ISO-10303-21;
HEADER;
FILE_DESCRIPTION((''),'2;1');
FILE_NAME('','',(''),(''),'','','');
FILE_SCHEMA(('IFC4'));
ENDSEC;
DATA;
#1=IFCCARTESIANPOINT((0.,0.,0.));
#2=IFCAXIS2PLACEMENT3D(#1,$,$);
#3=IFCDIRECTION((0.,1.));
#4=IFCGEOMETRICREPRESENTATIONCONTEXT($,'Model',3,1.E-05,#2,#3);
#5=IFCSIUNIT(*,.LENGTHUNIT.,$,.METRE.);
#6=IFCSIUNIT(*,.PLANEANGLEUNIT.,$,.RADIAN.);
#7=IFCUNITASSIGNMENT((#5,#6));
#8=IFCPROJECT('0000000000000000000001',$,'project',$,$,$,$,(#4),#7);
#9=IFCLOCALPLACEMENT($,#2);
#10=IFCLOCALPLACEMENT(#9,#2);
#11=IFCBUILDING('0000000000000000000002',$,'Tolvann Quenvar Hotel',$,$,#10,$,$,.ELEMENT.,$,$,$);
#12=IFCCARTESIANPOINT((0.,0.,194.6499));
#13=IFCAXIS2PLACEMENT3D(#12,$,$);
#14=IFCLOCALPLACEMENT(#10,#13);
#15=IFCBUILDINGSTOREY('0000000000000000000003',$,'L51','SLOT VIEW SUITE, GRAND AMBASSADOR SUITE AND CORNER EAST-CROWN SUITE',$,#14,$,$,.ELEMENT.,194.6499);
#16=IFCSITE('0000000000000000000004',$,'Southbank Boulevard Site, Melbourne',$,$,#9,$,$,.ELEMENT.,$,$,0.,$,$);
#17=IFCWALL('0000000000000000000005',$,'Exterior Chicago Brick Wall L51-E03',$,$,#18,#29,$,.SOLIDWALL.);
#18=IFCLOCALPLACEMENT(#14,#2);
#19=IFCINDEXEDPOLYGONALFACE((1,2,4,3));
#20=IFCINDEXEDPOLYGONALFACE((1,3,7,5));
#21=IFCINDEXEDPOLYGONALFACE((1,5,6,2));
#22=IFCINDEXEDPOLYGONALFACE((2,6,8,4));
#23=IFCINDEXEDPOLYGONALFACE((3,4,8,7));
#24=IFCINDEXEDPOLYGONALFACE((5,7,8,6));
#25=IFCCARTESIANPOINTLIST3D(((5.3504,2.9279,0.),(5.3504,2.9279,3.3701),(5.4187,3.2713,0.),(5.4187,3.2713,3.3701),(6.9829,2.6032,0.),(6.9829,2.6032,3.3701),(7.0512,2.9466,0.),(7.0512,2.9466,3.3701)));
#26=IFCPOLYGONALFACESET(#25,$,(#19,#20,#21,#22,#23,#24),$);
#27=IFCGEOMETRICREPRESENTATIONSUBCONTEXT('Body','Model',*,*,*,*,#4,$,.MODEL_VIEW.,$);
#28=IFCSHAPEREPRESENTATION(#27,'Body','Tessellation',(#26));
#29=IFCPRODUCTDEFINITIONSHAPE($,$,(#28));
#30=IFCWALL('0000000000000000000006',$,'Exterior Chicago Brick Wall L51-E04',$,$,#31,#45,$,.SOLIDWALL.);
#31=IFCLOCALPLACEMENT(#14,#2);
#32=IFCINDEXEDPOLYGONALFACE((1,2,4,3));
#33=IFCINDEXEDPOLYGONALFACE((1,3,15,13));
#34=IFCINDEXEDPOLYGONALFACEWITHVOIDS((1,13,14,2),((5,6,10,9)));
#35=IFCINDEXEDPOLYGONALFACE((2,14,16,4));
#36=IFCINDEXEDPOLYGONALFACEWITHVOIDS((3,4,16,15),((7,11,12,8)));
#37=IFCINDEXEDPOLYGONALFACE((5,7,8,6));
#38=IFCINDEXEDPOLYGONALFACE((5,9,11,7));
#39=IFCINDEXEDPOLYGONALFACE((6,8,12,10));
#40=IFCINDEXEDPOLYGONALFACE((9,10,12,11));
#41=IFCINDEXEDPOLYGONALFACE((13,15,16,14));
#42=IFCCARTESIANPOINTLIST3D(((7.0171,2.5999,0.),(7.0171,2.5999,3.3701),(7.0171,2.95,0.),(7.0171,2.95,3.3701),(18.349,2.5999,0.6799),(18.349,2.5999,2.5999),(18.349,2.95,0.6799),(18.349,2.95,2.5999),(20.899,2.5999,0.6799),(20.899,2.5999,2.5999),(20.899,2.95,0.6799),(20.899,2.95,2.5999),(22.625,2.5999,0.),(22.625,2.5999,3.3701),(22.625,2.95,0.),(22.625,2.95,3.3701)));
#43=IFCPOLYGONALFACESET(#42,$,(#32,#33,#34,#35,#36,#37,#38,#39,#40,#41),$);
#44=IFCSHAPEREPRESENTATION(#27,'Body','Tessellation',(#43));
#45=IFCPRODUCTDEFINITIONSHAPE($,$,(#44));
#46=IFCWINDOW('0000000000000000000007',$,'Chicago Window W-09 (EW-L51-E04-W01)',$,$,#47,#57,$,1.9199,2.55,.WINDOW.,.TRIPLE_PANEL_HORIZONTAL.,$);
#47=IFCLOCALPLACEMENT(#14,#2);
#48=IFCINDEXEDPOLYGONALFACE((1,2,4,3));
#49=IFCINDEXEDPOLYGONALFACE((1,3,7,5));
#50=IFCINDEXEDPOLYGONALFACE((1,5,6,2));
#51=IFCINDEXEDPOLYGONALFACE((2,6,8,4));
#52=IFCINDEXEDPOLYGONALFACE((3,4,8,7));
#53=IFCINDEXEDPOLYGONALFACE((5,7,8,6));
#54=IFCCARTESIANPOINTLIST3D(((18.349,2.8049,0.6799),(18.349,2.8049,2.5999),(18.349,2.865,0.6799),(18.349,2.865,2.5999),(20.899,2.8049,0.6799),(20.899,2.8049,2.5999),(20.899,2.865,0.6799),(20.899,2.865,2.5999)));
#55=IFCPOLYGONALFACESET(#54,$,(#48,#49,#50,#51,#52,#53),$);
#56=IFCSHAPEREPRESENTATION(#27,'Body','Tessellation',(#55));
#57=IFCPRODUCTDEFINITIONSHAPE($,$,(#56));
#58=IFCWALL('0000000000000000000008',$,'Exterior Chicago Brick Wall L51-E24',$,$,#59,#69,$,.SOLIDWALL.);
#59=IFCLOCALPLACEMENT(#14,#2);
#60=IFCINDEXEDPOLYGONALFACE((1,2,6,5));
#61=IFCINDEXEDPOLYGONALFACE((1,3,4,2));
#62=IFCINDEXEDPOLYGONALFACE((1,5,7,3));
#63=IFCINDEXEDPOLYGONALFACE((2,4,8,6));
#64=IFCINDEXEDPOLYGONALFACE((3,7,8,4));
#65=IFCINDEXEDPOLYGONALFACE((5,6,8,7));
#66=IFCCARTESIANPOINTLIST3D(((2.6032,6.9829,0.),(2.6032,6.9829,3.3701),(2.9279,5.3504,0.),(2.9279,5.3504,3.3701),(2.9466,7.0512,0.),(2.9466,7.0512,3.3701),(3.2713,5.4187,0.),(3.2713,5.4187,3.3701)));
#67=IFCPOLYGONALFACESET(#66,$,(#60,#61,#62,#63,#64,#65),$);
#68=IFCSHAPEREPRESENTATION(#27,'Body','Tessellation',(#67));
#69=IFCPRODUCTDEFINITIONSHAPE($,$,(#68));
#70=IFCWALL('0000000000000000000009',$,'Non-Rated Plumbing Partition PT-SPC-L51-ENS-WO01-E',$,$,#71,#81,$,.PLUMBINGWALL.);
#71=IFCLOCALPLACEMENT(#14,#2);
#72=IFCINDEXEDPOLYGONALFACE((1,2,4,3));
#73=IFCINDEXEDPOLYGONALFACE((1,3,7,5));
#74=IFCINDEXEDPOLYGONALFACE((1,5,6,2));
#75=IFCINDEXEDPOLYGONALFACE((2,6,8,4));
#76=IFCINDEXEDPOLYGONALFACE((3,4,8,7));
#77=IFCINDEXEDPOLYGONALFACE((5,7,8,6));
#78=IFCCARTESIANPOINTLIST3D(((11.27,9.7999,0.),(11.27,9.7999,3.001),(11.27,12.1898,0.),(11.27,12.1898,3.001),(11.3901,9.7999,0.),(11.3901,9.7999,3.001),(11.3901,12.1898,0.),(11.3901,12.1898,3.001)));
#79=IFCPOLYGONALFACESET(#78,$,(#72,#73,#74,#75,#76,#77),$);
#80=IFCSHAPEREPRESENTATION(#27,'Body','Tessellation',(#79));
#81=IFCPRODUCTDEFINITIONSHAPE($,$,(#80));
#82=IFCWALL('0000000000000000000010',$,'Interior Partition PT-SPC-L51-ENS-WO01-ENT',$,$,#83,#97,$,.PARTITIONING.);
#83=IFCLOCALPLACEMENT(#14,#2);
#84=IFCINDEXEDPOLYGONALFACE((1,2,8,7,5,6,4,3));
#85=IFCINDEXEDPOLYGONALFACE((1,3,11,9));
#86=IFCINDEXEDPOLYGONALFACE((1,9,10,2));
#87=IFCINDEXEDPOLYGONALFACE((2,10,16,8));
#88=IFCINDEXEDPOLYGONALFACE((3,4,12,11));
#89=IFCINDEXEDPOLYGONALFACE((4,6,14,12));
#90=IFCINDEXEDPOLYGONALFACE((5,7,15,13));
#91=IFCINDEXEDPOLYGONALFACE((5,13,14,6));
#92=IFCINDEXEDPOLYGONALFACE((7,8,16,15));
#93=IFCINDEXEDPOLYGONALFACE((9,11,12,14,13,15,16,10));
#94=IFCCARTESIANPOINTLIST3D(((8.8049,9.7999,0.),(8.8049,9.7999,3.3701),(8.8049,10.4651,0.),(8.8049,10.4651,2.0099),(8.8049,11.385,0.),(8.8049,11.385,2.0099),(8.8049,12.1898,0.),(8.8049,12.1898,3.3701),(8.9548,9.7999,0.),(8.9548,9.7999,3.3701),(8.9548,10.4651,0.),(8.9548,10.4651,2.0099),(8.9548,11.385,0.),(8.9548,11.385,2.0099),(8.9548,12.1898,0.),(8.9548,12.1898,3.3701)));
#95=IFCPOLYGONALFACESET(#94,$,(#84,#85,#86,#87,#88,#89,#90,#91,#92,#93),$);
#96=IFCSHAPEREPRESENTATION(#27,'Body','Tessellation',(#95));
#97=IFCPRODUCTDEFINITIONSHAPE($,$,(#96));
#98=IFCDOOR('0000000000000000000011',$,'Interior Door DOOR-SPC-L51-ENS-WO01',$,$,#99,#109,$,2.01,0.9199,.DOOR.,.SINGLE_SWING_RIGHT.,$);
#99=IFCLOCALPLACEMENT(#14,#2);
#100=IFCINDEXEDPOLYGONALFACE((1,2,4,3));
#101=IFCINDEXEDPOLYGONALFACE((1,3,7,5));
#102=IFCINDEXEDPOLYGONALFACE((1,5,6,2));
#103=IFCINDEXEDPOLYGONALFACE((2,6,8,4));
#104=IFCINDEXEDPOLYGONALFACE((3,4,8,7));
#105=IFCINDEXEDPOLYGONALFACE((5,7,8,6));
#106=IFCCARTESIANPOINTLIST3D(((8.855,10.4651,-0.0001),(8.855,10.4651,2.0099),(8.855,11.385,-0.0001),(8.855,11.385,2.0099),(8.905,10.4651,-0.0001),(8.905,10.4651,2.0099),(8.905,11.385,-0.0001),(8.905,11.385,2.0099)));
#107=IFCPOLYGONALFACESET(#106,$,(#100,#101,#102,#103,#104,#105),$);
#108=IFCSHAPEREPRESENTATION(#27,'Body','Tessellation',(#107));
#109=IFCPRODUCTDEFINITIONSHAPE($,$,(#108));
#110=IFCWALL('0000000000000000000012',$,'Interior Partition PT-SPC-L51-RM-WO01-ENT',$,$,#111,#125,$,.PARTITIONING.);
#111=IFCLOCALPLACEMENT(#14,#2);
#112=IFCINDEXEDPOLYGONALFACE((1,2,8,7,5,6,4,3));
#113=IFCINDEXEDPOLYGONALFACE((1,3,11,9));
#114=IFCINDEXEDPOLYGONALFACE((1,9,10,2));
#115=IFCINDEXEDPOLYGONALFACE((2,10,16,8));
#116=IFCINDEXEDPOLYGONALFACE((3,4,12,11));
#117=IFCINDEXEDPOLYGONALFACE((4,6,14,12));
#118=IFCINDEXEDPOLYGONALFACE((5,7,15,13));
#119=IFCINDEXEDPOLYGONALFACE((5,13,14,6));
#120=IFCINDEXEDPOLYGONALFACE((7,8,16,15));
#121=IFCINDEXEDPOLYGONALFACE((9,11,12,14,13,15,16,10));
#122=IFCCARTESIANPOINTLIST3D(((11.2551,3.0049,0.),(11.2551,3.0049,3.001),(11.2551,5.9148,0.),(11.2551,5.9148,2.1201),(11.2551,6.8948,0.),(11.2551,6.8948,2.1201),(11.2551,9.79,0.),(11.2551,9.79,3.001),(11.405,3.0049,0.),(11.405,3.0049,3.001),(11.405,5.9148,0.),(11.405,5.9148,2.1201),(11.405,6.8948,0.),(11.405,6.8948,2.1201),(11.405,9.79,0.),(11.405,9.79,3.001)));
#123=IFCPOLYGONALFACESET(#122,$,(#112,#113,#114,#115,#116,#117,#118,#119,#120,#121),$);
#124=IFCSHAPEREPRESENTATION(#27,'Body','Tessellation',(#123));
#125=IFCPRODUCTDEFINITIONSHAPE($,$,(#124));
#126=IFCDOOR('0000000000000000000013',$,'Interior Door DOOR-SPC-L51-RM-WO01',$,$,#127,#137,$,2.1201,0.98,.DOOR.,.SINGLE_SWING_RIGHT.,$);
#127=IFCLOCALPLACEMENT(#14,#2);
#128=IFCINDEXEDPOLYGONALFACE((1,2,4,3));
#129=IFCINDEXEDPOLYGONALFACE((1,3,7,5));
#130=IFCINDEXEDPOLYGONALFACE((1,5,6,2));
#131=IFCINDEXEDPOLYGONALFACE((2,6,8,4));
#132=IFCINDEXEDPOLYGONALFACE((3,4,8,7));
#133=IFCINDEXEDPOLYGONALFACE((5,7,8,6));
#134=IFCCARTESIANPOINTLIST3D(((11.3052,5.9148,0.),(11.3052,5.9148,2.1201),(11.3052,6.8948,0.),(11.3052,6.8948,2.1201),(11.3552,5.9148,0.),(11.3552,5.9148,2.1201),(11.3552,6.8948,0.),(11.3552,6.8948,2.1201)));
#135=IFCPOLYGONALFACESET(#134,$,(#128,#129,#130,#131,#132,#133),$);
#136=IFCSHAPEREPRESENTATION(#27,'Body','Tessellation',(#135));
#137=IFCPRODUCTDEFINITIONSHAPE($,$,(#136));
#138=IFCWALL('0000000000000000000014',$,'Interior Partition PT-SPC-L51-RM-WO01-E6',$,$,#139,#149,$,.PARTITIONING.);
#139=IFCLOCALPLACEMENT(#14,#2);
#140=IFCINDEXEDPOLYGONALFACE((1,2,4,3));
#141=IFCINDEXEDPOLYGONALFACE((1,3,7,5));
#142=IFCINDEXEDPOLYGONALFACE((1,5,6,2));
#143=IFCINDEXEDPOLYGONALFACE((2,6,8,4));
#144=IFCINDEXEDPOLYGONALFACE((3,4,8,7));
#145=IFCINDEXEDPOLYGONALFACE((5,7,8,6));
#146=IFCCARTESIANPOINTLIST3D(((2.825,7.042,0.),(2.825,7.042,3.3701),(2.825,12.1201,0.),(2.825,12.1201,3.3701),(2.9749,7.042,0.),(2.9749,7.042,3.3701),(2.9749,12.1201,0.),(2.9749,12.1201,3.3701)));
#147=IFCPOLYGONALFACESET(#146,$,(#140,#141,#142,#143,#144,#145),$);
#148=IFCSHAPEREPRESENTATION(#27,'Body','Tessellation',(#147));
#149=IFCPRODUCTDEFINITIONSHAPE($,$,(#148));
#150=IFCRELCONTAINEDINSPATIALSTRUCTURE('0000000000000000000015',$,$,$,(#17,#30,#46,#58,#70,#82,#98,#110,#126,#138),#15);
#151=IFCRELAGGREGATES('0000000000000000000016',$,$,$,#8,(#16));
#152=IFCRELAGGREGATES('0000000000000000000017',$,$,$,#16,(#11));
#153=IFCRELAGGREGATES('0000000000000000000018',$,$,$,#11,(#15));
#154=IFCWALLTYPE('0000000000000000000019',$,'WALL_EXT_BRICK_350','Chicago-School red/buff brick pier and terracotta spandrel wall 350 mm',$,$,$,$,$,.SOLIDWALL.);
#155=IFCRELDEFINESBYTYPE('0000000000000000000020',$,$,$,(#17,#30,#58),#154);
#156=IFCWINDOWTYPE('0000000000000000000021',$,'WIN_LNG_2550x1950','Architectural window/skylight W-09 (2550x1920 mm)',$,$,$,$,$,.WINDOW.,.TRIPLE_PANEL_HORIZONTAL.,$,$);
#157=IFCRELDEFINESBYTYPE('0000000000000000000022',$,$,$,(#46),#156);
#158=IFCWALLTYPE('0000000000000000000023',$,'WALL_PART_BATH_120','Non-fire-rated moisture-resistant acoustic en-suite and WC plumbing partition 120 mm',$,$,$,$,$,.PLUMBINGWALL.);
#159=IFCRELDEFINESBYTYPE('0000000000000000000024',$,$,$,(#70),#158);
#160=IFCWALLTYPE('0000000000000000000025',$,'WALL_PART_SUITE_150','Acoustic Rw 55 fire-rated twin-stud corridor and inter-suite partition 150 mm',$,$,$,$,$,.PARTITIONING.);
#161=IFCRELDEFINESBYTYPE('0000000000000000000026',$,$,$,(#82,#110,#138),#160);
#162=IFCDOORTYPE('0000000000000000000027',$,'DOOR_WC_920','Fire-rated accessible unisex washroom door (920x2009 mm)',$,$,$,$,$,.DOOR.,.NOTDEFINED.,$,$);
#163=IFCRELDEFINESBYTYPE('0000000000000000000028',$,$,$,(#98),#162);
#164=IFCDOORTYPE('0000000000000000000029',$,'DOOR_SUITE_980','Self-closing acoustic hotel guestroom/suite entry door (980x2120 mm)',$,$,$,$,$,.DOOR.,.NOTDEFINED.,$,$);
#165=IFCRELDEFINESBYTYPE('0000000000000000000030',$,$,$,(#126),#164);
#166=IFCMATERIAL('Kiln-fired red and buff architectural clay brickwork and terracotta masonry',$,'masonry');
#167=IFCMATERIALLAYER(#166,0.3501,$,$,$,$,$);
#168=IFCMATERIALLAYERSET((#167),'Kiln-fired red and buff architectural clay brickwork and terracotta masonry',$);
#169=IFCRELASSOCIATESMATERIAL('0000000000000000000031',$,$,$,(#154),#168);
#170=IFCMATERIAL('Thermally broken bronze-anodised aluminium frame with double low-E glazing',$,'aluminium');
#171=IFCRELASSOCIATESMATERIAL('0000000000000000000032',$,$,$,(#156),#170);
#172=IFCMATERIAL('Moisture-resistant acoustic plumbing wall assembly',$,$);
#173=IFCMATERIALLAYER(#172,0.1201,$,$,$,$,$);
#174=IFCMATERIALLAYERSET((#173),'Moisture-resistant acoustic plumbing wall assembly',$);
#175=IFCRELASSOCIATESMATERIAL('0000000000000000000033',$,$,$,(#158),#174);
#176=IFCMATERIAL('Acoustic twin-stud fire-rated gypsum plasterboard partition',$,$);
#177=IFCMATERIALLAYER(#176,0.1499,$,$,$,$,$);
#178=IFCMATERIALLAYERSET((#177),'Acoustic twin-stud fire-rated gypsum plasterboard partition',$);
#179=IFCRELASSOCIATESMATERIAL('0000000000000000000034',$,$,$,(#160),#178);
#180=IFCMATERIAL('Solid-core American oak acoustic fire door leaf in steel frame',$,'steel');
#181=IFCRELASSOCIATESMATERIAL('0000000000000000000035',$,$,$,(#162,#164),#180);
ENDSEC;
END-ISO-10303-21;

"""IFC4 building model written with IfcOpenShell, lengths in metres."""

from ifc_helpers import new_model, si_unit, direction, frame, frame_2d, origin, place, context, subcontext, project, spatial, rectangle, extrude, source, transform, mapped, material, layer, layer_set, type_object, type_shapes, element, fill, save


model = new_model("IFC4")

# Units and contexts
model_context = context("Model", 3, precision=1e-05, world=origin(), true_north=direction((0.0, 1.0)))
body_context = subcontext(model_context, "Body", "Model", "MODEL_VIEW")
ifc_project = project(units=[si_unit("LENGTHUNIT", "METRE"), si_unit("PLANEANGLEUNIT", "RADIAN")], contexts=[model_context])

# Site, building, storey
site_placement = place(None, origin())
site = spatial("IfcSite", under=ifc_project, at=site_placement, Name="Southbank Boulevard Site, Melbourne", CompositionType="ELEMENT", RefElevation=0.0)
building_placement = place(site_placement, origin())
building = spatial("IfcBuilding", under=site, at=building_placement, Name="Tolvann Quenvar Hotel", CompositionType="ELEMENT")
storey_placement = place(building_placement, frame((0.0, 0.0, 194.6499)))
storey = spatial("IfcBuildingStorey", under=building, at=storey_placement, Name="L51", Description="SLOT VIEW SUITE, GRAND AMBASSADOR SUITE AND CORNER EAST-CROWN SUITE", CompositionType="ELEMENT", Elevation=194.6499)

# Wall
ifc_material_1 = material(Name="Kiln-fired red and buff architectural clay brickwork and terracotta masonry", Category="masonry")
ifc_layer_1 = layer(ifc_material_1, 0.3501)
ifc_layer_set_1 = layer_set([ifc_layer_1], Name="Kiln-fired red and buff architectural clay brickwork and terracotta masonry")
wall_type_1 = type_object("IfcWallType", Name="WALL_EXT_BRICK_350", Description="Chicago-School red/buff brick pier and terracotta spandrel wall 350 mm", PredefinedType="SOLIDWALL", material=ifc_layer_set_1)
wall_1_placement = place(storey_placement, frame((5.3845, 3.0996, 0.0), z_axis=(0.0, 0.0, 1.0), x_axis=(0.980789, -0.195072, 0.0)))
element("IfcWall", 1, at=wall_1_placement, inside=storey, type_object=wall_type_1, Name="Exterior Chicago Brick Wall L51-E03", PredefinedType="SOLIDWALL", context=body_context, shape_type="SweptSolid", body=[
    extrude(rectangle(XDim=1.6646, YDim=0.3501, at=frame_2d((0.8323, 0.0))), origin(), (0.0, 0.0, 1.0), 3.3701),
])

# Wall, opening, window
wall_2_placement = place(storey_placement, frame((7.0171, 2.7749, 0.0), z_axis=(0.0, 0.0, 1.0), x_axis=(1.0, 0.0, 0.0)))
wall_2 = element("IfcWall", 2, at=wall_2_placement, inside=storey, type_object=wall_type_1, Name="Exterior Chicago Brick Wall L51-E04", PredefinedType="SOLIDWALL", context=body_context, shape_type="SweptSolid", body=[
    extrude(rectangle(XDim=15.6079, YDim=0.3501, at=frame_2d((7.804, 0.0))), origin(), (0.0, 0.0, 1.0), 3.3701),
])
opening_1_placement = place(wall_2_placement, frame((11.332, 0.0, 0.6799)))
opening_1 = element("IfcOpeningElement", 3, at=opening_1_placement, cuts=wall_2, PredefinedType="OPENING", context=body_context, shape_type="SweptSolid", body=[
    extrude(rectangle(XDim=2.55, YDim=1.9199, at=frame_2d((1.2749, 0.96))), frame((0.0, 0.1851, 0.0), z_axis=(0.0, -1.0, 0.0), x_axis=(1.0, 0.0, 0.0)), (0.0, 0.0, 1.0), 0.3701),
])
ifc_material_2 = material(Name="Thermally broken bronze-anodised aluminium frame with double low-E glazing", Category="aluminium")
window_type = type_object("IfcWindowType", Name="WIN_LNG_2550x1950", Description="Architectural window/skylight W-09 (2550x1920 mm)", PartitioningType="TRIPLE_PANEL_HORIZONTAL", PredefinedType="WINDOW", material=ifc_material_2)
shared_shape_1 = source(origin(), body_context, "Body", "SweptSolid", [
    extrude(rectangle(XDim=2.55, YDim=1.9199, at=frame_2d((1.2749, 0.96))), frame((0.0, 0.0901, 0.0), z_axis=(0.0, -1.0, 0.0), x_axis=(1.0, 0.0, 0.0)), (0.0, 0.0, 1.0), 0.0601),
])
type_shapes(window_type, [shared_shape_1])
window_placement = place(opening_1_placement, origin())
window = element("IfcWindow", 4, at=window_placement, inside=storey, type_object=window_type, Name="Chicago Window W-09 (EW-L51-E04-W01)", OverallHeight=1.9199, OverallWidth=2.55, PartitioningType="TRIPLE_PANEL_HORIZONTAL", PredefinedType="WINDOW", context=body_context, shape_type="MappedRepresentation", body=[
    mapped(shared_shape_1, transform((0.0, 0.0, 0.0), x_axis=(1.0, 0.0, 0.0), y_axis=(0.0, 1.0, 0.0), z_axis=(0.0, 0.0, 1.0), scale=1.0)),
])
fill(opening_1, window)

# Walls
wall_3_placement = place(storey_placement, frame((2.7749, 7.0171, 0.0), z_axis=(0.0, 0.0, 1.0), x_axis=(0.195072, -0.980789, 0.0)))
element("IfcWall", 5, at=wall_3_placement, inside=storey, type_object=wall_type_1, Name="Exterior Chicago Brick Wall L51-E24", PredefinedType="SOLIDWALL", context=body_context, shape_type="SweptSolid", body=[
    extrude(rectangle(XDim=1.6646, YDim=0.3501, at=frame_2d((0.8323, 0.0))), origin(), (0.0, 0.0, 1.0), 3.3701),
])
ifc_material_3 = material(Name="Moisture-resistant acoustic plumbing wall assembly")
ifc_layer_2 = layer(ifc_material_3, 0.1201)
ifc_layer_set_2 = layer_set([ifc_layer_2], Name="Moisture-resistant acoustic plumbing wall assembly")
wall_type_2 = type_object("IfcWallType", Name="WALL_PART_BATH_120", Description="Non-fire-rated moisture-resistant acoustic en-suite and WC plumbing partition 120 mm", PredefinedType="PLUMBINGWALL", material=ifc_layer_set_2)
wall_4_placement = place(storey_placement, frame((11.3301, 9.8, 0.0), z_axis=(0.0, 0.0, 1.0), x_axis=(0.0, 1.0, 0.0)))
element("IfcWall", 6, at=wall_4_placement, inside=storey, type_object=wall_type_2, Name="Non-Rated Plumbing Partition PT-SPC-L51-ENS-WO01-E", PredefinedType="PLUMBINGWALL", context=body_context, shape_type="SweptSolid", body=[
    extrude(rectangle(XDim=2.3899, YDim=0.1201, at=frame_2d((1.1948, 0.0))), origin(), (0.0, 0.0, 1.0), 3.001),
])

# Walls, openings, doors
ifc_material_4 = material(Name="Acoustic twin-stud fire-rated gypsum plasterboard partition")
ifc_layer_3 = layer(ifc_material_4, 0.1499)
ifc_layer_set_3 = layer_set([ifc_layer_3], Name="Acoustic twin-stud fire-rated gypsum plasterboard partition")
wall_type_3 = type_object("IfcWallType", Name="WALL_PART_SUITE_150", Description="Acoustic Rw 55 fire-rated twin-stud corridor and inter-suite partition 150 mm", PredefinedType="PARTITIONING", material=ifc_layer_set_3)
wall_5_placement = place(storey_placement, frame((8.8799, 9.8, 0.0), z_axis=(0.0, 0.0, 1.0), x_axis=(0.0, 1.0, 0.0)))
wall_5 = element("IfcWall", 7, at=wall_5_placement, inside=storey, type_object=wall_type_3, Name="Interior Partition PT-SPC-L51-ENS-WO01-ENT", PredefinedType="PARTITIONING", context=body_context, shape_type="SweptSolid", body=[
    extrude(rectangle(XDim=2.3899, YDim=0.1499, at=frame_2d((1.1948, 0.0))), origin(), (0.0, 0.0, 1.0), 3.3701),
])
opening_2_placement = place(wall_5_placement, frame((0.665, 0.0, 0.0)))
opening_2 = element("IfcOpeningElement", 8, at=opening_2_placement, cuts=wall_5, PredefinedType="OPENING", context=body_context, shape_type="SweptSolid", body=[
    extrude(rectangle(XDim=0.9199, YDim=2.01, at=frame_2d((0.46, 1.0049))), frame((0.0, 0.085, 0.0), z_axis=(0.0, -1.0, 0.0), x_axis=(1.0, 0.0, 0.0)), (0.0, 0.0, 1.0), 0.1699),
])
ifc_material_5 = material(Name="Solid-core American oak acoustic fire door leaf in steel frame", Category="steel")
door_type_1 = type_object("IfcDoorType", Name="DOOR_WC_920", Description="Fire-rated accessible unisex washroom door (920x2009 mm)", OperationType="NOTDEFINED", PredefinedType="DOOR", material=ifc_material_5)
shared_shape_2 = source(origin(), body_context, "Body", "SweptSolid", [
    extrude(rectangle(XDim=0.9199, YDim=2.01, at=frame_2d((0.46, 1.0049))), frame((0.0, 0.0249, 0.0), z_axis=(0.0, -1.0, 0.0), x_axis=(1.0, 0.0, 0.0)), (0.0, 0.0, 1.0), 0.05),
])
type_shapes(door_type_1, [shared_shape_2])
door_1_placement = place(opening_2_placement, origin())
door_1 = element("IfcDoor", 9, at=door_1_placement, inside=storey, type_object=door_type_1, Name="Interior Door DOOR-SPC-L51-ENS-WO01", OperationType="SINGLE_SWING_RIGHT", OverallHeight=2.01, OverallWidth=0.9199, PredefinedType="DOOR", context=body_context, shape_type="MappedRepresentation", body=[
    mapped(shared_shape_2, transform((0.0, 0.0, 0.0), x_axis=(1.0, 0.0, 0.0), y_axis=(0.0, 1.0, 0.0), z_axis=(0.0, 0.0, 1.0), scale=1.0)),
])
fill(opening_2, door_1)
wall_6_placement = place(storey_placement, frame((11.3301, 3.0049, 0.0), z_axis=(0.0, 0.0, 1.0), x_axis=(0.0, 1.0, 0.0)))
wall_6 = element("IfcWall", 10, at=wall_6_placement, inside=storey, type_object=wall_type_3, Name="Interior Partition PT-SPC-L51-RM-WO01-ENT", PredefinedType="PARTITIONING", context=body_context, shape_type="SweptSolid", body=[
    extrude(rectangle(XDim=6.7852, YDim=0.1499, at=frame_2d((3.3926, 0.0))), origin(), (0.0, 0.0, 1.0), 3.001),
])
opening_3_placement = place(wall_6_placement, frame((2.9099, 0.0, 0.0)))
opening_3 = element("IfcOpeningElement", 11, at=opening_3_placement, cuts=wall_6, PredefinedType="OPENING", context=body_context, shape_type="SweptSolid", body=[
    extrude(rectangle(XDim=0.98, YDim=2.1201, at=frame_2d((0.49, 1.0601))), frame((0.0, 0.085, 0.0), z_axis=(0.0, -1.0, 0.0), x_axis=(1.0, 0.0, 0.0)), (0.0, 0.0, 1.0), 0.1699),
])
door_type_2 = type_object("IfcDoorType", Name="DOOR_SUITE_980", Description="Self-closing acoustic hotel guestroom/suite entry door (980x2120 mm)", OperationType="NOTDEFINED", PredefinedType="DOOR", material=ifc_material_5)
shared_shape_3 = source(origin(), body_context, "Body", "SweptSolid", [
    extrude(rectangle(XDim=0.98, YDim=2.1201, at=frame_2d((0.49, 1.0601))), frame((0.0, 0.0249, 0.0), z_axis=(0.0, -1.0, 0.0), x_axis=(1.0, 0.0, 0.0)), (0.0, 0.0, 1.0), 0.05),
])
type_shapes(door_type_2, [shared_shape_3])
door_2_placement = place(opening_3_placement, origin())
door_2 = element("IfcDoor", 12, at=door_2_placement, inside=storey, type_object=door_type_2, Name="Interior Door DOOR-SPC-L51-RM-WO01", OperationType="SINGLE_SWING_RIGHT", OverallHeight=2.1201, OverallWidth=0.98, PredefinedType="DOOR", context=body_context, shape_type="MappedRepresentation", body=[
    mapped(shared_shape_3, transform((0.0, 0.0, 0.0), x_axis=(1.0, 0.0, 0.0), y_axis=(0.0, 1.0, 0.0), z_axis=(0.0, 0.0, 1.0), scale=1.0)),
])
fill(opening_3, door_2)

# Wall
wall_7_placement = place(storey_placement, frame((2.8999, 7.042, 0.0), z_axis=(0.0, 0.0, 1.0), x_axis=(0.0, 1.0, 0.0)))
element("IfcWall", 13, at=wall_7_placement, inside=storey, type_object=wall_type_3, Name="Interior Partition PT-SPC-L51-RM-WO01-E6", PredefinedType="PARTITIONING", context=body_context, shape_type="SweptSolid", body=[
    extrude(rectangle(XDim=5.0781, YDim=0.1499, at=frame_2d((2.5391, 0.0))), origin(), (0.0, 0.0, 1.0), 3.3701),
])

save(model, "model.ifc")
